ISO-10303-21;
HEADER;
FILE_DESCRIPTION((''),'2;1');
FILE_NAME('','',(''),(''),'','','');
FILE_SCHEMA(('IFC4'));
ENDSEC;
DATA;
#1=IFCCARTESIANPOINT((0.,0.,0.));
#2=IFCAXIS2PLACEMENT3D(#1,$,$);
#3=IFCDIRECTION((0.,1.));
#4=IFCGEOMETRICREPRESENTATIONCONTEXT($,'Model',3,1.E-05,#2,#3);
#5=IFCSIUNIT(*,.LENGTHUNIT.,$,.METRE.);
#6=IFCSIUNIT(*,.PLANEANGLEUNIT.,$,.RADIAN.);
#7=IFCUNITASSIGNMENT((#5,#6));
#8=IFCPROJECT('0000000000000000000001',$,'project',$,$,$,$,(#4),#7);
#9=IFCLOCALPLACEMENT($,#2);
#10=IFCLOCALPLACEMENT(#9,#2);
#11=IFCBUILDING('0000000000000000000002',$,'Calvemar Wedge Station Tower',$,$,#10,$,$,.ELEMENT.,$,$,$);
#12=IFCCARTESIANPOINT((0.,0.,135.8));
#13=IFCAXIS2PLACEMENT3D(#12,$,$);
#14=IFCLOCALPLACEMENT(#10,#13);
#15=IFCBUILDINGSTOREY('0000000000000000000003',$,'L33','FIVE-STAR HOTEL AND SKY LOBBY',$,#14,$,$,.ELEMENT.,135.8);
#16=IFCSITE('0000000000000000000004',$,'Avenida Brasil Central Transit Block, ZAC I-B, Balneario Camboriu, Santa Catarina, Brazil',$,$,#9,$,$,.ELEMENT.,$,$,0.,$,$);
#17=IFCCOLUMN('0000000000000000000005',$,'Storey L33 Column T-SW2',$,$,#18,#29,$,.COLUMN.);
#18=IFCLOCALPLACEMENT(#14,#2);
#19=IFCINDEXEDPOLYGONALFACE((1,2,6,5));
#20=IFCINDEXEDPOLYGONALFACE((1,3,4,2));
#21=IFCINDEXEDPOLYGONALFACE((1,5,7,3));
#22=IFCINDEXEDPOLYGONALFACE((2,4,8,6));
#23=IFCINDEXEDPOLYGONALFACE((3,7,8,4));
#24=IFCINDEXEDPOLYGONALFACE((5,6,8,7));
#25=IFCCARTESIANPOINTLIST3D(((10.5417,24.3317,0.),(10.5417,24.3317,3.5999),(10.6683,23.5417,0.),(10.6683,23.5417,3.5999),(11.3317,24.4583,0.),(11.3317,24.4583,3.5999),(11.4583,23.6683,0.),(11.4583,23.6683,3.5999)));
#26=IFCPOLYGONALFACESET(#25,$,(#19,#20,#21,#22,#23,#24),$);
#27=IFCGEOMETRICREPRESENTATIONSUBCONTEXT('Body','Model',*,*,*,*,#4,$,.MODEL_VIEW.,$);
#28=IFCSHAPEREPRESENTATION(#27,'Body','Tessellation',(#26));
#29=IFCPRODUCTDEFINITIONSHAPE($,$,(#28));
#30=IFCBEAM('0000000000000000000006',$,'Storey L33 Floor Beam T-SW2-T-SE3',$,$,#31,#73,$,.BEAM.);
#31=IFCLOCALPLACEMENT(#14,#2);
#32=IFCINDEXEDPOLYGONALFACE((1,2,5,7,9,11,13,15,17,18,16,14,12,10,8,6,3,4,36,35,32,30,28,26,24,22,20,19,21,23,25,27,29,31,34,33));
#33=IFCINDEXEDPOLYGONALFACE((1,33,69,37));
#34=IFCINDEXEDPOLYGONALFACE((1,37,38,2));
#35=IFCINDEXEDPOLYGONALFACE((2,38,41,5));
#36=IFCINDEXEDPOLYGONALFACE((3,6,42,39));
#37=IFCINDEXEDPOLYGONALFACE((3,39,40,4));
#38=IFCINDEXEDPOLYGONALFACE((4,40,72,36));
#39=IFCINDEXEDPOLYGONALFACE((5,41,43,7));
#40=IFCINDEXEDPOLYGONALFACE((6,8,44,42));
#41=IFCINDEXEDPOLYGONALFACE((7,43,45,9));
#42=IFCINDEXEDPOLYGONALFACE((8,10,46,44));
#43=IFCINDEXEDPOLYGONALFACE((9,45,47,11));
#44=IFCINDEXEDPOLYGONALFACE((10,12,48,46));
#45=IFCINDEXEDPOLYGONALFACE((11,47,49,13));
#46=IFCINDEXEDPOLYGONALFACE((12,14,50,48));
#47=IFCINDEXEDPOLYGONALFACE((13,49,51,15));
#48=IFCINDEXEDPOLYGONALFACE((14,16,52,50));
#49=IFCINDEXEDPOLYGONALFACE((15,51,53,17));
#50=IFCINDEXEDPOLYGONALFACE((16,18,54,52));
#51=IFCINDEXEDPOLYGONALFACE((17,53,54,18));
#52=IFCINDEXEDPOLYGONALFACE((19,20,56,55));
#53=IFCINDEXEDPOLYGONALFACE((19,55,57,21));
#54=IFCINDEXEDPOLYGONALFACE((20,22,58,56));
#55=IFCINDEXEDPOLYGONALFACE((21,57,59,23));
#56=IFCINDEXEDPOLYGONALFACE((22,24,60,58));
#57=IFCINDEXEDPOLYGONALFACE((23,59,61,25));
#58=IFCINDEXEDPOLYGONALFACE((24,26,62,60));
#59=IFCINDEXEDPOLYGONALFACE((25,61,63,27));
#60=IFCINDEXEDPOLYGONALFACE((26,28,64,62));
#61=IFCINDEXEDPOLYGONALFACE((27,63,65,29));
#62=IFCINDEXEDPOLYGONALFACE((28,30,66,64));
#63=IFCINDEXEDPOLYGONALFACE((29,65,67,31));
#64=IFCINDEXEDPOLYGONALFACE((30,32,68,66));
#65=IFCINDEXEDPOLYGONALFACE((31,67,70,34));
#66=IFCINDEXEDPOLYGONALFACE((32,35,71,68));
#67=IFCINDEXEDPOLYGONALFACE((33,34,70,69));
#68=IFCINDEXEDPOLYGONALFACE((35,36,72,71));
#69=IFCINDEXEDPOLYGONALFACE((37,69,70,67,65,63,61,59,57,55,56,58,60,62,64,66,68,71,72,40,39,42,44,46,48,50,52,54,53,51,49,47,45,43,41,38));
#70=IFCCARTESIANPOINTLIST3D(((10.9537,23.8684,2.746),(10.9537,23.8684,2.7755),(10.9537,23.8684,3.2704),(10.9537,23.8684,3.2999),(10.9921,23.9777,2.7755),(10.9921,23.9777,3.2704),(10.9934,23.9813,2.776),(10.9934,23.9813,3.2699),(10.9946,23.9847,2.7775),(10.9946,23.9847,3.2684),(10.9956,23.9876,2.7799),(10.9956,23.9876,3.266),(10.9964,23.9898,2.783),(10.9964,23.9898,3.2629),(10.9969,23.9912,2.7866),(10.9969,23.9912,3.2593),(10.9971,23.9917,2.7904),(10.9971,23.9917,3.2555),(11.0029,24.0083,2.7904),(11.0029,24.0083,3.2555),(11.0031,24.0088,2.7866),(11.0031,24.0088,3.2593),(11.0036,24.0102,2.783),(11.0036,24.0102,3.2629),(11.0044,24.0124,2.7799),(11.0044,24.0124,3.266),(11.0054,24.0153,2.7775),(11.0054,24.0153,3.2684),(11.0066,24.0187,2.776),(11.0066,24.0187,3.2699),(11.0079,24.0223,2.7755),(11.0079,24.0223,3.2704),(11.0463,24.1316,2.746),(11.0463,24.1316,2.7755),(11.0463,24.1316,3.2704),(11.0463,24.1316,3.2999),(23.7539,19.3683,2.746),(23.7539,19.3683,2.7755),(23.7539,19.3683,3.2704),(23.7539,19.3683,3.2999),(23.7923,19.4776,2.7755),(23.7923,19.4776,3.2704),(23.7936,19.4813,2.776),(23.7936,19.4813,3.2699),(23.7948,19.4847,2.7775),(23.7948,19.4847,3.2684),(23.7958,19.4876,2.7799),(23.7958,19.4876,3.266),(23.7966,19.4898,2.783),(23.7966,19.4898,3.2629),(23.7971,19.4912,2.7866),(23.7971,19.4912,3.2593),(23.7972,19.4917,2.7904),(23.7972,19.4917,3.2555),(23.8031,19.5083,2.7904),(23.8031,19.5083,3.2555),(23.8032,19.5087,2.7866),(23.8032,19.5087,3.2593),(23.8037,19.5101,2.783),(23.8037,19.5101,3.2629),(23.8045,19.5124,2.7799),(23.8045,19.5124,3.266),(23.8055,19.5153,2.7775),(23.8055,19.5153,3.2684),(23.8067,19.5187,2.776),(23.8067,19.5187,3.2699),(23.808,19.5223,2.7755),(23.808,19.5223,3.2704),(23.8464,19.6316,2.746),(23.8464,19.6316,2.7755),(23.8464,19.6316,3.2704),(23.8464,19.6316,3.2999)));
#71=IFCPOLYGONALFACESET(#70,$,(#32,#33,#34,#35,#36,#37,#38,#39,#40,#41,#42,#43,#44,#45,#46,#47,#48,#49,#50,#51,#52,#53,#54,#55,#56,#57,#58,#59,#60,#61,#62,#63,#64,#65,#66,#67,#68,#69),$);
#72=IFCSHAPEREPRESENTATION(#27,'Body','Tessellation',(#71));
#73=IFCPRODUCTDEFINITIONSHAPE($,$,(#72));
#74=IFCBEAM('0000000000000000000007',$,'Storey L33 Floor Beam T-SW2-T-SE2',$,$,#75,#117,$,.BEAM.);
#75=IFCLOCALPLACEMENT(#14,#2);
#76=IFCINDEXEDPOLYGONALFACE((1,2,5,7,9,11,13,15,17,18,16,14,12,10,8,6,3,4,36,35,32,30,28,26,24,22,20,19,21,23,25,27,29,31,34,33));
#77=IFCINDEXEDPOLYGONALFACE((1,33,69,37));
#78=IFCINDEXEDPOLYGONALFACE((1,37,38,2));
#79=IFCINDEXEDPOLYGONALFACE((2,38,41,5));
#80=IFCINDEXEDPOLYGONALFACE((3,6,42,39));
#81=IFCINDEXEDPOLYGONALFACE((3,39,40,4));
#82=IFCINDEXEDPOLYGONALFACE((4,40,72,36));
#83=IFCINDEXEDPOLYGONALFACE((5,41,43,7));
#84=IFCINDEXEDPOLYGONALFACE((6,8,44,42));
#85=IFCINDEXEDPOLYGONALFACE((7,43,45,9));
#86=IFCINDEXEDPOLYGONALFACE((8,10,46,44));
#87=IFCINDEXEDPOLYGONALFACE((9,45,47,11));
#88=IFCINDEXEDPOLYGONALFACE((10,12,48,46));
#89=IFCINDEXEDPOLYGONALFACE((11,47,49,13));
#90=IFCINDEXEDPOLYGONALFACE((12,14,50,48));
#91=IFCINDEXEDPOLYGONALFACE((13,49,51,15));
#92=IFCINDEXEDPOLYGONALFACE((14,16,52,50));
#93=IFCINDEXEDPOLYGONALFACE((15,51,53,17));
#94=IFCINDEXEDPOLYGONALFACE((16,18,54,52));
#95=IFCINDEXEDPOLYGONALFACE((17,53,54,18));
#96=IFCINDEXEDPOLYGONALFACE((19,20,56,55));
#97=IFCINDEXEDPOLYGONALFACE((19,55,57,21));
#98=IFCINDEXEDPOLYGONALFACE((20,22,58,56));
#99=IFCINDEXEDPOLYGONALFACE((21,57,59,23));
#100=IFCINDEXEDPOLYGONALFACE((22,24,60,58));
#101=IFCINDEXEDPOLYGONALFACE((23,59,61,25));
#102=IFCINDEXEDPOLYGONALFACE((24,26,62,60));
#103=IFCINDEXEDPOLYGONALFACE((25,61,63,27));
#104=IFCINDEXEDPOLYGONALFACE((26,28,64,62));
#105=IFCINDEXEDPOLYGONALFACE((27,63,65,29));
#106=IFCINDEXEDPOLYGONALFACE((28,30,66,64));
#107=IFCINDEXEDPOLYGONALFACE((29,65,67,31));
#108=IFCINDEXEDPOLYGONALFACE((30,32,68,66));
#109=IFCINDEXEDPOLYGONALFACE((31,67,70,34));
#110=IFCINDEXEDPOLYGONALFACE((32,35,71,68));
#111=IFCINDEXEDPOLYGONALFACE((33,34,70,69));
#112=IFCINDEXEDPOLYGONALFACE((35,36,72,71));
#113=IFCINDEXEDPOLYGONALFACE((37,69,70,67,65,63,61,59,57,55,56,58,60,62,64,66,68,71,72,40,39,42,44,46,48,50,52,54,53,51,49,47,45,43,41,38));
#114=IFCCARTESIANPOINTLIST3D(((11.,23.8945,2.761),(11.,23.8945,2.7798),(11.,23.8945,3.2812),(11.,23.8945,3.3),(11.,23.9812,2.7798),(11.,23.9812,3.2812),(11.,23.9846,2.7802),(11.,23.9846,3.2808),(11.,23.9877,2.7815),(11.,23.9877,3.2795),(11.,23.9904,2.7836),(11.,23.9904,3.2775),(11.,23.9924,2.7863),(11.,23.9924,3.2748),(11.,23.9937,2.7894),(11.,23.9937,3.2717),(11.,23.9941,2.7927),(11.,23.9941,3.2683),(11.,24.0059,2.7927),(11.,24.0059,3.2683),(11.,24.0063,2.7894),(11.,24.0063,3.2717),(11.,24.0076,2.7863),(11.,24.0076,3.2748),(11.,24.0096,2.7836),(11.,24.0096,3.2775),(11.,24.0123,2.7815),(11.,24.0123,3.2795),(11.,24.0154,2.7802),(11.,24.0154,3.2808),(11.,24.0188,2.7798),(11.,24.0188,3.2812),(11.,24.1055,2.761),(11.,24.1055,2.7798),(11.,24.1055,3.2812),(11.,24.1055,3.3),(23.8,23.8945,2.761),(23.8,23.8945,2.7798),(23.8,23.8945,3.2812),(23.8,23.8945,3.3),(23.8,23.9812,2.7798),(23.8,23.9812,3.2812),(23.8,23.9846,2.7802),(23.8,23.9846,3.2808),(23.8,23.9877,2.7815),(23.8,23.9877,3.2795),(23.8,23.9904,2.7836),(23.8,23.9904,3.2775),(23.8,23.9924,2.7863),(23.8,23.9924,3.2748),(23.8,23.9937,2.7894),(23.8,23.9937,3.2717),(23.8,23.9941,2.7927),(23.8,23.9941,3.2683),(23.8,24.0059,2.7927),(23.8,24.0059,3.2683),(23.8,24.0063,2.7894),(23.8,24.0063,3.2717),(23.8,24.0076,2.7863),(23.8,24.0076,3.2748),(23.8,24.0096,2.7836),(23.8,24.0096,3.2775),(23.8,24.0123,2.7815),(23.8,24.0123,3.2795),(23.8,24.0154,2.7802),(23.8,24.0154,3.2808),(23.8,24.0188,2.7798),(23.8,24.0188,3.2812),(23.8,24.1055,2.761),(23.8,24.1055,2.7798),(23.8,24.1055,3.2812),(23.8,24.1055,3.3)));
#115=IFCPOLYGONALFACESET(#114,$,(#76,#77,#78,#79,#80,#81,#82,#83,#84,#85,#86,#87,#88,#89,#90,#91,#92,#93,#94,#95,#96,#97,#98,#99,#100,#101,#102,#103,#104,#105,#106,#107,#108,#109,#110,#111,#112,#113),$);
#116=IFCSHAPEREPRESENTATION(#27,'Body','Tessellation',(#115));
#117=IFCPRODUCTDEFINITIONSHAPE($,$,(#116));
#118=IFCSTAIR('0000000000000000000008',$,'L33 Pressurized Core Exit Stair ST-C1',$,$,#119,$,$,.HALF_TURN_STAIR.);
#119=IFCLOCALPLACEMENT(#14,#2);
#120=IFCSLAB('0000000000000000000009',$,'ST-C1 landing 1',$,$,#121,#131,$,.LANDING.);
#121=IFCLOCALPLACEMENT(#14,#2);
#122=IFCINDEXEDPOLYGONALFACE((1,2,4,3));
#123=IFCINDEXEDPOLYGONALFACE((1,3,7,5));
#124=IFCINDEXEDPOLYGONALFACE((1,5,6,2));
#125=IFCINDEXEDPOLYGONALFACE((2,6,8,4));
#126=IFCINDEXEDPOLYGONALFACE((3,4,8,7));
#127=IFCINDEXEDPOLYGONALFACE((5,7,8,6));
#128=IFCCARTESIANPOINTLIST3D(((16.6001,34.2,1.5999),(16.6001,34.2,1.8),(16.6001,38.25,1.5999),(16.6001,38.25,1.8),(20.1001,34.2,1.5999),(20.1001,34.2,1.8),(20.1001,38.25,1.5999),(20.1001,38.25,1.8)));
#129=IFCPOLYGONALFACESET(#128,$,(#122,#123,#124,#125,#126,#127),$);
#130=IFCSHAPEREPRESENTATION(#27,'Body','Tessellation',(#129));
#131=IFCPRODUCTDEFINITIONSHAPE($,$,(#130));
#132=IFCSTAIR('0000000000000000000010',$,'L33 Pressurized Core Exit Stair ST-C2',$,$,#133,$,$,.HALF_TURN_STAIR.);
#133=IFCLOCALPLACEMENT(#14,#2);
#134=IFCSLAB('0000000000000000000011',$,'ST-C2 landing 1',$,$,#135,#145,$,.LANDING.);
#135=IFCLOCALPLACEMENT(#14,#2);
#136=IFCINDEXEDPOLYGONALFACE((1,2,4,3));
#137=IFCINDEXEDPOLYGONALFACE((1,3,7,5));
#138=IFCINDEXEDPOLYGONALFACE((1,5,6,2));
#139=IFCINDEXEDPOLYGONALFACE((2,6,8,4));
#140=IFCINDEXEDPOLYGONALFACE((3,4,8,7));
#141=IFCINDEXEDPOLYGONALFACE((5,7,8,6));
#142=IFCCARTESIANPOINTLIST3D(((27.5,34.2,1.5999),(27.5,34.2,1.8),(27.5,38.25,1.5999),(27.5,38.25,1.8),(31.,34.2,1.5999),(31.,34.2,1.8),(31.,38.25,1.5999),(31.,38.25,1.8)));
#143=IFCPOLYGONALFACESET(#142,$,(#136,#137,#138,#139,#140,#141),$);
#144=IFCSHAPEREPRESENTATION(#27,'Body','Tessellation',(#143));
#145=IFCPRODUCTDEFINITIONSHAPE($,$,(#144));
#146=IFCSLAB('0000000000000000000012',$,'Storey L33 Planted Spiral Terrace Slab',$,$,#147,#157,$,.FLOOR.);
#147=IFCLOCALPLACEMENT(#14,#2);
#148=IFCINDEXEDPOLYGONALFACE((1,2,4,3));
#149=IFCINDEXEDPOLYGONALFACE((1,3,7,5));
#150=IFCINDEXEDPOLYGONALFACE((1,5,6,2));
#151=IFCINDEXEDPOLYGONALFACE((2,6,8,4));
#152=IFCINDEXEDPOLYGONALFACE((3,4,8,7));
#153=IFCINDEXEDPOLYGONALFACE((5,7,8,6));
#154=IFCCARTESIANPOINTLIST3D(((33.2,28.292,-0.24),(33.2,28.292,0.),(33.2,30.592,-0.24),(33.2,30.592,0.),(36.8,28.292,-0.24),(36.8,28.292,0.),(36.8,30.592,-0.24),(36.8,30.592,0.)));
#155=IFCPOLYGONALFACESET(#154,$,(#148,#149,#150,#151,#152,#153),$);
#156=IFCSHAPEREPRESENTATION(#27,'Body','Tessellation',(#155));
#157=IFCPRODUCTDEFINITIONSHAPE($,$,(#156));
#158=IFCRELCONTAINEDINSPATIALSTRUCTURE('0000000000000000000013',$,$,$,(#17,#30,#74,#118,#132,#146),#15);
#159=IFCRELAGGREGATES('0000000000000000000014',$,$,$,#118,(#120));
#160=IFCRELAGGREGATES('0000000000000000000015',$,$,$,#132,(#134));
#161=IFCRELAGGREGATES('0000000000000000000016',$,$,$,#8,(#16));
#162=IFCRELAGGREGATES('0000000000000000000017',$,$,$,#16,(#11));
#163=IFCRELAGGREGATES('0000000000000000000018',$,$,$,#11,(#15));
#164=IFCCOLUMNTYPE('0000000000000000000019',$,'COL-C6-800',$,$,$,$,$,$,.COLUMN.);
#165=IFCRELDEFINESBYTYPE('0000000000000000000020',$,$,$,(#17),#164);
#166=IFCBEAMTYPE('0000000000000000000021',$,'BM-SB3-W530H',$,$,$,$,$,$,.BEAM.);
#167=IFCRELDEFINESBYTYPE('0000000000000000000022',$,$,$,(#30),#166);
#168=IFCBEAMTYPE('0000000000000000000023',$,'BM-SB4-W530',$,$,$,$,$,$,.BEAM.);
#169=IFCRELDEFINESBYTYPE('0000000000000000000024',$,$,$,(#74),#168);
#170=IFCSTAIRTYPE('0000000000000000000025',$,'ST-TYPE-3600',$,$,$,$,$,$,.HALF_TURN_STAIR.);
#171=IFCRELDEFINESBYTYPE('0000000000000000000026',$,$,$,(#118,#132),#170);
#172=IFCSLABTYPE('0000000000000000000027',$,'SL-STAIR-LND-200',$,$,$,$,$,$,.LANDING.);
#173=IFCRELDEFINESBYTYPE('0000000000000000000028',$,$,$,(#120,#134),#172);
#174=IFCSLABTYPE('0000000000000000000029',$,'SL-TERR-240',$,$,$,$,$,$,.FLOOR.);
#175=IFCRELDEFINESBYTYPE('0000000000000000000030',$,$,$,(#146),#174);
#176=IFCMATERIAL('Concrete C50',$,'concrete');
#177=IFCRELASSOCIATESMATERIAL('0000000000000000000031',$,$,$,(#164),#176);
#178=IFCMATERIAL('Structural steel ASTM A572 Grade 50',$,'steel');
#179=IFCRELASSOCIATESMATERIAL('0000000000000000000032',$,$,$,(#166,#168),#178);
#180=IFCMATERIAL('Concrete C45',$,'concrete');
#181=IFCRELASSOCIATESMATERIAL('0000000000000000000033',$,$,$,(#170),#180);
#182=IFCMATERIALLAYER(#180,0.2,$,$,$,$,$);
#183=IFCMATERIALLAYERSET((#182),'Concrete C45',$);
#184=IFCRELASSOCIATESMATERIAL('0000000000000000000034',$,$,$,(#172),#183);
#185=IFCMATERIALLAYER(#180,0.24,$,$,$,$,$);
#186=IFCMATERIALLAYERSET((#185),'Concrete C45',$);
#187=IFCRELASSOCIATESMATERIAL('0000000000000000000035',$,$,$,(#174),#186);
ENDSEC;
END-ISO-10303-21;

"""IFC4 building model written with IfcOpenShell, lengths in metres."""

from ifc_helpers import new_model, si_unit, direction, frame, origin, origin_2d, place, context, subcontext, project, spatial, polyline, rectangle, i_section, outline, extrude, source, transform, mapped, material, layer, layer_set, material_profile, profile_set, type_object, element, aggregate, save


model = new_model("IFC4")

# Units and contexts
model_context = context("Model", 3, precision=1e-05, world=origin(), true_north=direction((0.0, 1.0)))
body_context = subcontext(model_context, "Body", "Model", "MODEL_VIEW")
ifc_project = project(units=[si_unit("LENGTHUNIT", "METRE"), si_unit("PLANEANGLEUNIT", "RADIAN")], contexts=[model_context])

# Site, building, storey
site_placement = place(None, origin())
site = spatial("IfcSite", under=ifc_project, at=site_placement, Name="Avenida Brasil Central Transit Block, ZAC I-B, Balneario Camboriu, Santa Catarina, Brazil", CompositionType="ELEMENT", RefElevation=0.0)
building_placement = place(site_placement, origin())
building = spatial("IfcBuilding", under=site, at=building_placement, Name="Calvemar Wedge Station Tower", CompositionType="ELEMENT")
storey_placement = place(building_placement, frame((0.0, 0.0, 135.8)))
storey = spatial("IfcBuildingStorey", under=building, at=storey_placement, Name="L33", Description="FIVE-STAR HOTEL AND SKY LOBBY", CompositionType="ELEMENT", Elevation=135.8)

# Column
ifc_material_1 = material(Name="Concrete C50", Category="concrete")
ifc_material_profile_1 = material_profile(ifc_material_1, rectangle(XDim=0.8, YDim=0.8, at=origin_2d()), Name="RC800x800")
ifc_profile_set_1 = profile_set([ifc_material_profile_1], Name="Concrete C50")
column_type = type_object("IfcColumnType", Name="COL-C6-800", PredefinedType="COLUMN", material=ifc_profile_set_1)
shared_shape_1 = source(origin(), body_context, "Body", "SweptSolid", [
    extrude(rectangle(XDim=0.8, YDim=0.8, at=origin_2d()), origin(), (0.0, 0.0, 1.0), 3.5999),
])
column_placement = place(storey_placement, frame((11.0, 24.0, 0.0), z_axis=(0.0, 0.0, 1.0), x_axis=(0.158158, -0.987414, 0.0)))
element("IfcColumn", 1, at=column_placement, inside=storey, type_object=column_type, Name="Storey L33 Column T-SW2", PredefinedType="COLUMN", context=body_context, shape_type="MappedRepresentation", body=[
    mapped(shared_shape_1, transform((0.0, 0.0, 0.0), scale=1.0)),
])

# Beams
ifc_material_2 = material(Name="Structural steel ASTM A572 Grade 50", Category="steel")
ifc_material_profile_2 = material_profile(ifc_material_2, i_section(OverallWidth=0.2791, OverallDepth=0.554, WebThickness=0.0176, FlangeThickness=0.0295, FilletRadius=0.0149, at=origin_2d()), Name="W530x196")
ifc_profile_set_2 = profile_set([ifc_material_profile_2], Name="Structural steel ASTM A572 Grade 50")
beam_type_1 = type_object("IfcBeamType", Name="BM-SB3-W530H", PredefinedType="BEAM", material=ifc_profile_set_2)
shared_shape_2 = source(origin(), body_context, "Body", "SweptSolid", [
    extrude(i_section(OverallWidth=0.2791, OverallDepth=0.554, WebThickness=0.0176, FlangeThickness=0.0295, FilletRadius=0.0149, at=origin_2d()), origin(), (0.0, 0.0, 1.0), 13.5681),
])
beam_1_placement = place(storey_placement, frame((11.0, 24.0, 3.0229), z_axis=(0.943398, -0.331662, 0.0), x_axis=(0.331662, 0.943398, 0.0)))
element("IfcBeam", 2, at=beam_1_placement, inside=storey, type_object=beam_type_1, Name="Storey L33 Floor Beam T-SW2-T-SE3", PredefinedType="BEAM", context=body_context, shape_type="MappedRepresentation", body=[
    mapped(shared_shape_2, transform((0.0, 0.0, 0.0), scale=1.0)),
])
ifc_material_profile_3 = material_profile(ifc_material_2, i_section(OverallWidth=0.2109, OverallDepth=0.5391, WebThickness=0.0117, FlangeThickness=0.0188, FilletRadius=0.0129, at=origin_2d()), Name="W530x109")
ifc_profile_set_3 = profile_set([ifc_material_profile_3], Name="Structural steel ASTM A572 Grade 50")
beam_type_2 = type_object("IfcBeamType", Name="BM-SB4-W530", PredefinedType="BEAM", material=ifc_profile_set_3)
shared_shape_3 = source(origin(), body_context, "Body", "SweptSolid", [
    extrude(i_section(OverallWidth=0.2109, OverallDepth=0.5391, WebThickness=0.0117, FlangeThickness=0.0188, FilletRadius=0.0129, at=origin_2d()), origin(), (0.0, 0.0, 1.0), 12.8),
])
beam_2_placement = place(storey_placement, frame((11.0, 24.0, 3.0305), z_axis=(1.0, 0.0, 0.0), x_axis=(0.0, 1.0, 0.0)))
element("IfcBeam", 3, at=beam_2_placement, inside=storey, type_object=beam_type_2, Name="Storey L33 Floor Beam T-SW2-T-SE2", PredefinedType="BEAM", context=body_context, shape_type="MappedRepresentation", body=[
    mapped(shared_shape_3, transform((0.0, 0.0, 0.0), scale=1.0)),
])

# Stairs, slabs
ifc_material_3 = material(Name="Concrete C45", Category="concrete")
stair_type = type_object("IfcStairType", Name="ST-TYPE-3600", PredefinedType="HALF_TURN_STAIR", material=ifc_material_3)
stair_1_placement = place(storey_placement, origin())
stair_1 = element("IfcStair", 4, at=stair_1_placement, inside=storey, type_object=stair_type, Name="L33 Pressurized Core Exit Stair ST-C1", PredefinedType="HALF_TURN_STAIR")
ifc_layer_1 = layer(ifc_material_3, 0.2)
ifc_layer_set_1 = layer_set([ifc_layer_1], Name="Concrete C45")
slab_type_1 = type_object("IfcSlabType", Name="SL-STAIR-LND-200", PredefinedType="LANDING", material=ifc_layer_set_1)
slab_1_placement = place(storey_placement, frame((0.0, 0.0, 1.5999)))
slab_1 = element("IfcSlab", 5, at=slab_1_placement, type_object=slab_type_1, Name="ST-C1 landing 1", PredefinedType="LANDING", context=body_context, shape_type="SweptSolid", body=[
    extrude(outline(polyline([(16.6001, 38.25), (16.6001, 34.2), (20.1001, 34.2), (20.1001, 38.25), (16.6001, 38.25)])), origin(), (0.0, 0.0, 1.0), 0.2002),
])
aggregate(stair_1, [slab_1])
stair_2_placement = place(storey_placement, origin())
stair_2 = element("IfcStair", 6, at=stair_2_placement, inside=storey, type_object=stair_type, Name="L33 Pressurized Core Exit Stair ST-C2", PredefinedType="HALF_TURN_STAIR")
slab_2_placement = place(storey_placement, frame((0.0, 0.0, 1.5999)))
slab_2 = element("IfcSlab", 7, at=slab_2_placement, type_object=slab_type_1, Name="ST-C2 landing 1", PredefinedType="LANDING", context=body_context, shape_type="SweptSolid", body=[
    extrude(outline(polyline([(27.5, 38.25), (27.5, 34.2), (31.0, 34.2), (31.0, 38.25), (27.5, 38.25)])), origin(), (0.0, 0.0, 1.0), 0.2002),
])
aggregate(stair_2, [slab_2])

# Slab
ifc_layer_2 = layer(ifc_material_3, 0.24)
ifc_layer_set_2 = layer_set([ifc_layer_2], Name="Concrete C45")
slab_type_2 = type_object("IfcSlabType", Name="SL-TERR-240", PredefinedType="FLOOR", material=ifc_layer_set_2)
slab_3_placement = place(storey_placement, frame((0.0, 0.0, -0.24)))
element("IfcSlab", 8, at=slab_3_placement, inside=storey, type_object=slab_type_2, Name="Storey L33 Planted Spiral Terrace Slab", PredefinedType="FLOOR", context=body_context, shape_type="SweptSolid", body=[
    extrude(outline(polyline([(33.2, 30.592), (33.2, 28.292), (36.8, 28.292), (36.8, 30.592), (33.2, 30.592)])), origin(), (0.0, 0.0, 1.0), 0.24),
])

save(model, "model.ifc")
